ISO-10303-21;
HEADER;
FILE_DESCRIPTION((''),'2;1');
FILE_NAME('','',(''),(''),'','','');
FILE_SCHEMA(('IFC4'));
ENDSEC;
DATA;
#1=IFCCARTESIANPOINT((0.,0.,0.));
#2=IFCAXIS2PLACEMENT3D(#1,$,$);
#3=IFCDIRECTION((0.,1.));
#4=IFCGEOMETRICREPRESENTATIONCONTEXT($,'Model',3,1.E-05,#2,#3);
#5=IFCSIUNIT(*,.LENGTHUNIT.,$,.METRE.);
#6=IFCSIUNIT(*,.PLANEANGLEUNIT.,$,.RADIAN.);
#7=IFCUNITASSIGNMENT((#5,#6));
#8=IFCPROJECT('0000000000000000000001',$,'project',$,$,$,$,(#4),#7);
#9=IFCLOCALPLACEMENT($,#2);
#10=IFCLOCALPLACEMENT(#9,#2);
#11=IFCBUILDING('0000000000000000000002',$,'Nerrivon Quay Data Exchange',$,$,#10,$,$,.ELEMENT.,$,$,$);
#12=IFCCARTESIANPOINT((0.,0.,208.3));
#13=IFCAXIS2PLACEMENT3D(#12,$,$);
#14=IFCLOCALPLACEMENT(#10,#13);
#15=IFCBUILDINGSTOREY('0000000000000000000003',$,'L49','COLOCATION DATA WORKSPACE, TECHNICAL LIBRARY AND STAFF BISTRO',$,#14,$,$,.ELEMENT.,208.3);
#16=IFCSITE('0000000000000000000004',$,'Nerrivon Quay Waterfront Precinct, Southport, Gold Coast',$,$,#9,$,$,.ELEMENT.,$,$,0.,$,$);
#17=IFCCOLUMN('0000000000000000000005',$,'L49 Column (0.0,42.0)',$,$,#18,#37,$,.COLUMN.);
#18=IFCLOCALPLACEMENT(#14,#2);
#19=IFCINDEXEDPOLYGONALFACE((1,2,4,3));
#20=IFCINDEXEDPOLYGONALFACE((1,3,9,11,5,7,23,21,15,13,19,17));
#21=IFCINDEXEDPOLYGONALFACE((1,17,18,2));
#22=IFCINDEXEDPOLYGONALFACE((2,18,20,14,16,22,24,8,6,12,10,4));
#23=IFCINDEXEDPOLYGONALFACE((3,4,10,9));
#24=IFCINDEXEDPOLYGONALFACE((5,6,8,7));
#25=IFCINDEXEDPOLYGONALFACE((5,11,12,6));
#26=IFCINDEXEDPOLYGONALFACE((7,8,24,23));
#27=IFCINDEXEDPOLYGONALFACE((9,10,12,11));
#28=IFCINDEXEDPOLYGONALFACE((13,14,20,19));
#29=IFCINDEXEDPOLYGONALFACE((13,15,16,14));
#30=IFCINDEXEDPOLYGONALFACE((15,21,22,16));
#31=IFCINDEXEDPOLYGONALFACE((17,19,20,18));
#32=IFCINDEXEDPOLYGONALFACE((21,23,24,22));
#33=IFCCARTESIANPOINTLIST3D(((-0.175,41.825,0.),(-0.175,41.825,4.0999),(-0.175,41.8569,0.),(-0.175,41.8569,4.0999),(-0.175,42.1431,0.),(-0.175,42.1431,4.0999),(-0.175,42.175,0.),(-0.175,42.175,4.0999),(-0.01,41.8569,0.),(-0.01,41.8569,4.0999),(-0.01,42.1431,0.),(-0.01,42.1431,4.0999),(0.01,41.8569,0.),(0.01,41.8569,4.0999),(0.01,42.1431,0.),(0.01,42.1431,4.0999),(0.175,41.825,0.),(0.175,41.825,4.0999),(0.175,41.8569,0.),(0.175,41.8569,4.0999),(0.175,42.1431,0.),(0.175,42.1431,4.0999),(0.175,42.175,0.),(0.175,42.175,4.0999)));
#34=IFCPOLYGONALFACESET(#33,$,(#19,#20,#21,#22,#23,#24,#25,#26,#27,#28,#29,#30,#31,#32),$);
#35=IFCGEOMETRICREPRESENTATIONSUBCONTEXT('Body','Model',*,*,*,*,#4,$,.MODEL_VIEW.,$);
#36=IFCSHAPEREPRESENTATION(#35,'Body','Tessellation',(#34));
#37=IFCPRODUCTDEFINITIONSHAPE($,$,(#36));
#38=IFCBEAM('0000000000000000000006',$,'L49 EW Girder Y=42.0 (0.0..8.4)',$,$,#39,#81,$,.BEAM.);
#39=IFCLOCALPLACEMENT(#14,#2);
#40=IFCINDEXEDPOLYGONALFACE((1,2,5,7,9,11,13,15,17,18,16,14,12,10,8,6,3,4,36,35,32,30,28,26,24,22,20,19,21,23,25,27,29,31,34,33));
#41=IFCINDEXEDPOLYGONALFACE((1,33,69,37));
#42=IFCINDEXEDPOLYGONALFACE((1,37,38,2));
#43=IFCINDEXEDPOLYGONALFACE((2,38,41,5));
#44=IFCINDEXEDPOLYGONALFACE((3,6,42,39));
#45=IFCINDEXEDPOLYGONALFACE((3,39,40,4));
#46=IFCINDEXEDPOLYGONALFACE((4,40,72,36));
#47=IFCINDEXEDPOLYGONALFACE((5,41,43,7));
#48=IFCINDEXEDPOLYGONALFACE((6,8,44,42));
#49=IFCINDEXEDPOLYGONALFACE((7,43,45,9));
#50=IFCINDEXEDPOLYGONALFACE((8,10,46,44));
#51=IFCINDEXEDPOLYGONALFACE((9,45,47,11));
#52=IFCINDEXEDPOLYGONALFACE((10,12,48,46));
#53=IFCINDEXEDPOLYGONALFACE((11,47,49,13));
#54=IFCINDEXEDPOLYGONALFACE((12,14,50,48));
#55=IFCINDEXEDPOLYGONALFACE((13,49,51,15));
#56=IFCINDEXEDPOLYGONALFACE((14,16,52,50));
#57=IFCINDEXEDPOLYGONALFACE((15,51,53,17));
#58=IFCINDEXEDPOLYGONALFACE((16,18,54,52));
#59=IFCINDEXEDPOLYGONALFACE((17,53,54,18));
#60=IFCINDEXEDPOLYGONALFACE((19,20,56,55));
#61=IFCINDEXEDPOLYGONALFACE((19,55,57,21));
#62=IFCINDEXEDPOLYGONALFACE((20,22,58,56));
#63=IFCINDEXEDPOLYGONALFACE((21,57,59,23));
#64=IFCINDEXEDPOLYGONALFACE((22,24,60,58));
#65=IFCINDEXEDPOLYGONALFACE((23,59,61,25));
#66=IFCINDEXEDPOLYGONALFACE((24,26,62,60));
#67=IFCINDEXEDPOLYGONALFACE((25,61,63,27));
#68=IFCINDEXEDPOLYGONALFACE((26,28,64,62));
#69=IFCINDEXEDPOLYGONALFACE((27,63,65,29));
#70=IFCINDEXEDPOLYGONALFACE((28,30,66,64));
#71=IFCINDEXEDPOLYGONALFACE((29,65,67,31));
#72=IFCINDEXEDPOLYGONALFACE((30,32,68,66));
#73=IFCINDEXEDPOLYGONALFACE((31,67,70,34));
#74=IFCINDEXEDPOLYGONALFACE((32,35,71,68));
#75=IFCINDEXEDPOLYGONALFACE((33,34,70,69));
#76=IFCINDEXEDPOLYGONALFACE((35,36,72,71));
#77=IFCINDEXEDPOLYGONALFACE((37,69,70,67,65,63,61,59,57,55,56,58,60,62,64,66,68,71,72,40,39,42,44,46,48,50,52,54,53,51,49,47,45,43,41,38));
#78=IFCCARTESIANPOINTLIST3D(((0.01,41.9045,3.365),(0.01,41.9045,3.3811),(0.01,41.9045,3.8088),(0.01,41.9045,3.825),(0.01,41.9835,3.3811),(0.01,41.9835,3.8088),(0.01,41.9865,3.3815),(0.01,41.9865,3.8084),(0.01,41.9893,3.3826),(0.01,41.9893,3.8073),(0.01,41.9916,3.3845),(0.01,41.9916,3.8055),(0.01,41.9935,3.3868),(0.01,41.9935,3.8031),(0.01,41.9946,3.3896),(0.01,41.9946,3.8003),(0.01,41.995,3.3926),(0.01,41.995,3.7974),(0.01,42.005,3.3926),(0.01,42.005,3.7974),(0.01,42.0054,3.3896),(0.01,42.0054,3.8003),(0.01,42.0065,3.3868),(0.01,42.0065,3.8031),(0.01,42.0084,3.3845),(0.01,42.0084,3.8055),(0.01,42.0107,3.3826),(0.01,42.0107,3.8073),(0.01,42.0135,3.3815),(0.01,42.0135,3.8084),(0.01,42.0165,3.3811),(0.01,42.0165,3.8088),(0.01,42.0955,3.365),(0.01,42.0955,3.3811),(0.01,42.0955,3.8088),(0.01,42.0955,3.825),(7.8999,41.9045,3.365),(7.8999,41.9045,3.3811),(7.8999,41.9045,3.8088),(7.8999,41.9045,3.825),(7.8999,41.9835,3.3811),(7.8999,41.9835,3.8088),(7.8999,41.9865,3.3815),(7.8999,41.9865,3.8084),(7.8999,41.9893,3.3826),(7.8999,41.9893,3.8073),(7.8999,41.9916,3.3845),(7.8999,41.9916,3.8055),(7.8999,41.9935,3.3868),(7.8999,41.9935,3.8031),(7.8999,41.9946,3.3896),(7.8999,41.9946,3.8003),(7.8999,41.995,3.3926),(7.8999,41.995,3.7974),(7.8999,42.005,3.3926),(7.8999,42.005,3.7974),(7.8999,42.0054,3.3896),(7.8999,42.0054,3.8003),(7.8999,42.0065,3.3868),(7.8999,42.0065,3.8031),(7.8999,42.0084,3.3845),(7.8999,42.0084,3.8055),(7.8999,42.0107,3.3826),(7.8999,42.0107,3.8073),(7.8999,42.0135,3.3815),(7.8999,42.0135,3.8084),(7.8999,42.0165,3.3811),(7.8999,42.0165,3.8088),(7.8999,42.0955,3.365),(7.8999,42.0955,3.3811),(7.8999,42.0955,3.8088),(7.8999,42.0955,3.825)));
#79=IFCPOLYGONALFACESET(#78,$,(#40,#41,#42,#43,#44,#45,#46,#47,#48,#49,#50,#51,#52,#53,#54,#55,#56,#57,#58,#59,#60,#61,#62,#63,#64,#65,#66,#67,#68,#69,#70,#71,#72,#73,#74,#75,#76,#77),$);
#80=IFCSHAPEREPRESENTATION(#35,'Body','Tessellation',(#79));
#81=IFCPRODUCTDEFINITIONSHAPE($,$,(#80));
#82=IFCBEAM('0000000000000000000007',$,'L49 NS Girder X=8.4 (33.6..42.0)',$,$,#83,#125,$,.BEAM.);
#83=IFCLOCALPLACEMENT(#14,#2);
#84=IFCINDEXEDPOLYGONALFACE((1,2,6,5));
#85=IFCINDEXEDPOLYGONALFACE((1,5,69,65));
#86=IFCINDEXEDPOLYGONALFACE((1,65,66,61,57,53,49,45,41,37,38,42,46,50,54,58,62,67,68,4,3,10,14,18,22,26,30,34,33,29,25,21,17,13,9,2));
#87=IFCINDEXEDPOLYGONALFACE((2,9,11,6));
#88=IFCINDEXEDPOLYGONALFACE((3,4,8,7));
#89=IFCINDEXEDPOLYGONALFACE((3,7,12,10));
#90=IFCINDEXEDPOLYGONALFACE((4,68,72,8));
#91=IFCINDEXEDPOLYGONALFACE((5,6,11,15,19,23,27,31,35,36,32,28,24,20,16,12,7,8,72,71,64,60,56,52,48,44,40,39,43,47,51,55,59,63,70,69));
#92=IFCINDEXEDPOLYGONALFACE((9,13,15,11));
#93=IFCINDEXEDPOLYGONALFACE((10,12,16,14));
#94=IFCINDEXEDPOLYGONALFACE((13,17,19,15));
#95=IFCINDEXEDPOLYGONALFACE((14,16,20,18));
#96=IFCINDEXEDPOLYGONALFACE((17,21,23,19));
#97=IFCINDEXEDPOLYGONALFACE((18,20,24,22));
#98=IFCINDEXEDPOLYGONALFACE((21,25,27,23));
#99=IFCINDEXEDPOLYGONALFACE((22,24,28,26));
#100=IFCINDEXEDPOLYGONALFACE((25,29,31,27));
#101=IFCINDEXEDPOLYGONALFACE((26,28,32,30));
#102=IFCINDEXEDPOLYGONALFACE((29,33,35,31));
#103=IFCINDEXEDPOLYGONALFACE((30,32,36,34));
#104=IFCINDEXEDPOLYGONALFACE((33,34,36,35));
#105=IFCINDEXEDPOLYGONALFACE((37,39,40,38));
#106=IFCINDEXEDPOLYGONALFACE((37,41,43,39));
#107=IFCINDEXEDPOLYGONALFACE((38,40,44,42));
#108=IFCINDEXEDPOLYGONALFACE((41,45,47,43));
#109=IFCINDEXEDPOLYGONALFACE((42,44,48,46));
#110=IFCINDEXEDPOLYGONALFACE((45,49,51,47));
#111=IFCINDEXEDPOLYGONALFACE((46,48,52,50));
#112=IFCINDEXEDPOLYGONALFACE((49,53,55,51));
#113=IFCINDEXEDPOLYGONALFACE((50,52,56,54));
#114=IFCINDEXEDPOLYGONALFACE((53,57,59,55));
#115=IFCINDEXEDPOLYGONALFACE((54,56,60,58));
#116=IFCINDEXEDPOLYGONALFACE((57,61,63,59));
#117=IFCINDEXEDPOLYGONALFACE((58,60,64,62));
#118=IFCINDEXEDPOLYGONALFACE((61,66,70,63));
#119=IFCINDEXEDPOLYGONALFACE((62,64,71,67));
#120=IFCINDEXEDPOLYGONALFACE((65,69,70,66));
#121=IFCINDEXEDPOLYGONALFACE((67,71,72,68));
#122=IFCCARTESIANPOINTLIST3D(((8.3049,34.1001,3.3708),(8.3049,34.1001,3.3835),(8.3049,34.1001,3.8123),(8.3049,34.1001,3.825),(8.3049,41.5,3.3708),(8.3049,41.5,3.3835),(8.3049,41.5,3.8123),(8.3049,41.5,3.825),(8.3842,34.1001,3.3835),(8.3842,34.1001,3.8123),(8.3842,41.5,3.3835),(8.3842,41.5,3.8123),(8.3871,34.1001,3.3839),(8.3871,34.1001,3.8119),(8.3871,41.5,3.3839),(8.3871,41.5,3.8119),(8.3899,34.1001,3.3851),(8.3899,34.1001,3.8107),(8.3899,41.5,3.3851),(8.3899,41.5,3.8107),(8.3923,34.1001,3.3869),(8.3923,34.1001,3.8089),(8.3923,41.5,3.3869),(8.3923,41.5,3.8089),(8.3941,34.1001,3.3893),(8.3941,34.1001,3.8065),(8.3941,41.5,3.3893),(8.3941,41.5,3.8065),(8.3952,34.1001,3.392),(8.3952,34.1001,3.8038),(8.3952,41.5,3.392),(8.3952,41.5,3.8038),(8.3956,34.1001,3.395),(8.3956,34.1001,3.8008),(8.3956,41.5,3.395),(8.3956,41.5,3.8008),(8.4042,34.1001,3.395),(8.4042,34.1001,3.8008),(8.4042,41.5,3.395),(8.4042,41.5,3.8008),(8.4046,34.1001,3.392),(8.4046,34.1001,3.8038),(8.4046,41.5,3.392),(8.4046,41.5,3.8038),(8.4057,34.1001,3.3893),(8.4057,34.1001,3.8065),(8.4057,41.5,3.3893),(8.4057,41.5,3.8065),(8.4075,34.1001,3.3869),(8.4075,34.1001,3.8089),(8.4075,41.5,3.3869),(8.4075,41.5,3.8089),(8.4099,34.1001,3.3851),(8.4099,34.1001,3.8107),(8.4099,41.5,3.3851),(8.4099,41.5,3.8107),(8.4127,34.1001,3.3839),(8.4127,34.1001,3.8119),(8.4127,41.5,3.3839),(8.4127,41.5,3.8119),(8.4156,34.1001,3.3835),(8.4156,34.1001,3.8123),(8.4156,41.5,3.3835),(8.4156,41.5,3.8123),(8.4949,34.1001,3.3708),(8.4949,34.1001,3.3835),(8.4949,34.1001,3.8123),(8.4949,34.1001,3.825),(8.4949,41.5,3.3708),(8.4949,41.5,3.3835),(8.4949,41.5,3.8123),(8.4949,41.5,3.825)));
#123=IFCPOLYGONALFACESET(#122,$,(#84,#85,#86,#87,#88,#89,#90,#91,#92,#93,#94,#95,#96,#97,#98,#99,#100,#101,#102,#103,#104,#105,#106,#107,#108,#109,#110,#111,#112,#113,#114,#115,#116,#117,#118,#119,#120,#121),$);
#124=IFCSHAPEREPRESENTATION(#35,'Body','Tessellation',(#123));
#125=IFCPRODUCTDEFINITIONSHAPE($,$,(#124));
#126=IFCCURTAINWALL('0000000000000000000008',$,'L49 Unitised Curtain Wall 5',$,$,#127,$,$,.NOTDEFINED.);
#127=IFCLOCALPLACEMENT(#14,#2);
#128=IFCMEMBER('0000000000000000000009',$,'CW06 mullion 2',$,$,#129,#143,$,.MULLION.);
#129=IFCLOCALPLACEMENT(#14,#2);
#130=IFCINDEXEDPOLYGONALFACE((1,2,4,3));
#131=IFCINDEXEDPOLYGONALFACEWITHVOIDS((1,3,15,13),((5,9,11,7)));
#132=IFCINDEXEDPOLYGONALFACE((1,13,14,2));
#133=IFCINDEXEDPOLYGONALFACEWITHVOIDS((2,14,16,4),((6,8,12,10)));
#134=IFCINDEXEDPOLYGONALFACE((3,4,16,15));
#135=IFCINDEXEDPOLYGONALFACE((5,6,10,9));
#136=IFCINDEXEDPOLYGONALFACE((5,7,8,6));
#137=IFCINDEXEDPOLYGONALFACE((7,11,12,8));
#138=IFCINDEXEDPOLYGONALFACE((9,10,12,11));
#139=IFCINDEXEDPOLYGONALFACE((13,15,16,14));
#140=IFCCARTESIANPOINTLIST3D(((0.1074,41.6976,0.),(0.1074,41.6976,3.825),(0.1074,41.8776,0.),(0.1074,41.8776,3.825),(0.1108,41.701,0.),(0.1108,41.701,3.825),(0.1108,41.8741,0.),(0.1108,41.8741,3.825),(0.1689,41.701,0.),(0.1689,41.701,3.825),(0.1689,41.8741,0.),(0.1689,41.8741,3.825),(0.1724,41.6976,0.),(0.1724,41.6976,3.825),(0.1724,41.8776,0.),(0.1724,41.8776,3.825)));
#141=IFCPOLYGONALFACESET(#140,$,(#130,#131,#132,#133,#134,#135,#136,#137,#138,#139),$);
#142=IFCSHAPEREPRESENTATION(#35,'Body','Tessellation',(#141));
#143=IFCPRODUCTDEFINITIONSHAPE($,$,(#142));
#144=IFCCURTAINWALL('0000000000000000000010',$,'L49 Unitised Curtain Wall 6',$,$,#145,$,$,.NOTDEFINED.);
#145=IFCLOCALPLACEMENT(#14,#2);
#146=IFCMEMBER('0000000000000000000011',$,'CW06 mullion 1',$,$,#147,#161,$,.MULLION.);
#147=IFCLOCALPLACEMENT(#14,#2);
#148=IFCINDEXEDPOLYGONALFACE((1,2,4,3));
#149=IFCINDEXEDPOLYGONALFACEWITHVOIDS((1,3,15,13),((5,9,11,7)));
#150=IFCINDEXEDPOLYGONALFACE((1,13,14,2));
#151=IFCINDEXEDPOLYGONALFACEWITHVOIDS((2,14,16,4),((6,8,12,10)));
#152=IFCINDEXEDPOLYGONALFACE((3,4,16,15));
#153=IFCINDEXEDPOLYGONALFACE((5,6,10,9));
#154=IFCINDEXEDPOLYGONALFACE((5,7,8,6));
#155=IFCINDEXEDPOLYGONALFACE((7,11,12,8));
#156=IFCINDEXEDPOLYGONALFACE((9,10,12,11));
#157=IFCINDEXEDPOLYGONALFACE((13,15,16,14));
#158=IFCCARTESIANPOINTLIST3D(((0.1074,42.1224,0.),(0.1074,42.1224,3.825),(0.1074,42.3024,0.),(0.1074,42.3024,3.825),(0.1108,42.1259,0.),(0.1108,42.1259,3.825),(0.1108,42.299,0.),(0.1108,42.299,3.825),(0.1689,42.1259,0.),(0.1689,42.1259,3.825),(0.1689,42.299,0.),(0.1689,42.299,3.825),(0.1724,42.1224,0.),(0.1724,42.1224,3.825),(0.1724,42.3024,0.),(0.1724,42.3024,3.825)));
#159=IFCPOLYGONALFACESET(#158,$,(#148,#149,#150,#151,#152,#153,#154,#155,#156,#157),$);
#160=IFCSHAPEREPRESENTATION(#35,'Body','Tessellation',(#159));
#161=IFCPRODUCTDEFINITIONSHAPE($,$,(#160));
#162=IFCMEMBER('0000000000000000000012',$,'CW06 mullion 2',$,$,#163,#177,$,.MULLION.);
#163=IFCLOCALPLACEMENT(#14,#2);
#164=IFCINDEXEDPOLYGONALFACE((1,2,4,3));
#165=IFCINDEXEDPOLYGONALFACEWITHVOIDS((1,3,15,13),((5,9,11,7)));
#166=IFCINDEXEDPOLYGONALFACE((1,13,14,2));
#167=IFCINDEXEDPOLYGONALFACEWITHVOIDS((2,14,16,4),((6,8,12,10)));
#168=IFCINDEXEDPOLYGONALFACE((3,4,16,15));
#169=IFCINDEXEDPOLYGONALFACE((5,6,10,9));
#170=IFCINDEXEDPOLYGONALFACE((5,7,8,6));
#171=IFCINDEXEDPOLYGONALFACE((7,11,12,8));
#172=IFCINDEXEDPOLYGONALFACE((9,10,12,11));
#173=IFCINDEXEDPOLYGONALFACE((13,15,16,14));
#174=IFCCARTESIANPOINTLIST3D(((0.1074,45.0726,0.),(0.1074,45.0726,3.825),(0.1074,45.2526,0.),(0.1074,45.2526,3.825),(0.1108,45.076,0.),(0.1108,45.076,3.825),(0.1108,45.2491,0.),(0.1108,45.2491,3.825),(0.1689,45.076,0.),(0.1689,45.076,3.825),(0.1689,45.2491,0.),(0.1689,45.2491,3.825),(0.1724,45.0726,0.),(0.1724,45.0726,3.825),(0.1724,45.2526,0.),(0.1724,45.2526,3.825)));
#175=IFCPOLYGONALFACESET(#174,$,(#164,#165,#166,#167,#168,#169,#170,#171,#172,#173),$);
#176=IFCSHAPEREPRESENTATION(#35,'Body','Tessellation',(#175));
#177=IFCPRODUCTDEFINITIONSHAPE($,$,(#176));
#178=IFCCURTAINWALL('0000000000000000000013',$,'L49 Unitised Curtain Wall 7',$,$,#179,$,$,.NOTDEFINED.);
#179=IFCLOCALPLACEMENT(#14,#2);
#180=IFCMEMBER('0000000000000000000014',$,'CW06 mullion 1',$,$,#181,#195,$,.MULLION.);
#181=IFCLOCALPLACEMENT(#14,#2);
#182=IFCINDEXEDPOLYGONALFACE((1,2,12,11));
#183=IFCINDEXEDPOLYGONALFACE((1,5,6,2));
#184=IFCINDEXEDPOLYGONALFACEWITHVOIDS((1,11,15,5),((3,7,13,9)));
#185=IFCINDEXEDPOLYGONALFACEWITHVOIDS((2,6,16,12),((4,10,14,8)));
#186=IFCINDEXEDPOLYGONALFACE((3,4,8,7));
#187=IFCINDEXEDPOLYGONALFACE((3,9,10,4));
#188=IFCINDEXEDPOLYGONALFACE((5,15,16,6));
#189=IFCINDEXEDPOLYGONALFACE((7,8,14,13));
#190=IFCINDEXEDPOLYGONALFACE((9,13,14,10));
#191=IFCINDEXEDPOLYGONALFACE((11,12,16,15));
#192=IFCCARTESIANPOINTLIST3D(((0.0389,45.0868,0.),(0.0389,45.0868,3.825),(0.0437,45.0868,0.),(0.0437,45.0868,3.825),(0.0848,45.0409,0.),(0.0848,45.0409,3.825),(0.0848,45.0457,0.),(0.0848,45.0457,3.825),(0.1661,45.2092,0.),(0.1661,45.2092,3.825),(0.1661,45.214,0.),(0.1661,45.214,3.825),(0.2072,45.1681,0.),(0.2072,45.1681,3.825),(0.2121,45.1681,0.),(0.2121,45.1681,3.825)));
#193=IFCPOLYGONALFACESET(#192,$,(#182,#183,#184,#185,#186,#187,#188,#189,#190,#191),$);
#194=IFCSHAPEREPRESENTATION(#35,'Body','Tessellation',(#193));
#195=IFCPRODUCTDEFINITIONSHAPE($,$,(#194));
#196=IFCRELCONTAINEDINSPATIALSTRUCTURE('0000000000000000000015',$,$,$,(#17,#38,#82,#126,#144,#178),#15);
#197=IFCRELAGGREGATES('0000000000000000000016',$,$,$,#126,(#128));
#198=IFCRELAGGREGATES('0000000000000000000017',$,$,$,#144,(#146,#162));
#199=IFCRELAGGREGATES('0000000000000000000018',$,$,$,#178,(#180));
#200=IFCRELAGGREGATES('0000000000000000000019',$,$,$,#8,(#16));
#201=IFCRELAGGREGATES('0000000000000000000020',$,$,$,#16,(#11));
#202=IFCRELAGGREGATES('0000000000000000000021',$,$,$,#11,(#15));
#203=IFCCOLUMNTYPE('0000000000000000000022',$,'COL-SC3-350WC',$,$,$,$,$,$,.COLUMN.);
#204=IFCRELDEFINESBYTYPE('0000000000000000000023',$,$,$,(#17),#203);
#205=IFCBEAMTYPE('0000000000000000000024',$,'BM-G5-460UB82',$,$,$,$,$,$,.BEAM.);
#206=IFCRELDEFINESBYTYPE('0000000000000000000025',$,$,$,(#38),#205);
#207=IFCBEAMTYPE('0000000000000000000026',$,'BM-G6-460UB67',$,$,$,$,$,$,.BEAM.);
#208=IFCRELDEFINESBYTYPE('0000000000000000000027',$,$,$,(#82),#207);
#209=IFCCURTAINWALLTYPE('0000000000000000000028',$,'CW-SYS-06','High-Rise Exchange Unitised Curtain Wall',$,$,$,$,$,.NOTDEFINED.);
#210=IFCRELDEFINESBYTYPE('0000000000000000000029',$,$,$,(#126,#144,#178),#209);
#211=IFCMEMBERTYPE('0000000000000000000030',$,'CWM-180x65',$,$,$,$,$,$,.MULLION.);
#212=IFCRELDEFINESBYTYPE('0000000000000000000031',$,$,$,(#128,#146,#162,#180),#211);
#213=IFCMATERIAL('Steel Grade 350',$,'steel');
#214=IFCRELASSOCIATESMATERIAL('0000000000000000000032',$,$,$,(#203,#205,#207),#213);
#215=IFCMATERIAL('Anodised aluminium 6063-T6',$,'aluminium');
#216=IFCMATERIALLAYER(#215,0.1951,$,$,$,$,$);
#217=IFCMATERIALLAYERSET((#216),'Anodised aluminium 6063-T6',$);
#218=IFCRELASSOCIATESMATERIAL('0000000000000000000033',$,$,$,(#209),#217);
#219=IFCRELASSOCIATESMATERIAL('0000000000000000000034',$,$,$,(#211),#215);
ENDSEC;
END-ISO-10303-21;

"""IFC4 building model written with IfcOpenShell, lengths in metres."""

from ifc_helpers import new_model, si_unit, direction, frame, origin, origin_2d, place, context, subcontext, project, spatial, hollow_rectangle, i_section, extrude, material, layer, layer_set, material_profile, profile_set, type_object, element, aggregate, save


model = new_model("IFC4")

# Units and contexts
model_context = context("Model", 3, precision=1e-05, world=origin(), true_north=direction((0.0, 1.0)))
body_context = subcontext(model_context, "Body", "Model", "MODEL_VIEW")
ifc_project = project(units=[si_unit("LENGTHUNIT", "METRE"), si_unit("PLANEANGLEUNIT", "RADIAN")], contexts=[model_context])

# Site, building, storey
site_placement = place(None, origin())
site = spatial("IfcSite", under=ifc_project, at=site_placement, Name="Nerrivon Quay Waterfront Precinct, Southport, Gold Coast", CompositionType="ELEMENT", RefElevation=0.0)
building_placement = place(site_placement, origin())
building = spatial("IfcBuilding", under=site, at=building_placement, Name="Nerrivon Quay Data Exchange", CompositionType="ELEMENT")
storey_placement = place(building_placement, frame((0.0, 0.0, 208.3)))
storey = spatial("IfcBuildingStorey", under=building, at=storey_placement, Name="L49", Description="COLOCATION DATA WORKSPACE, TECHNICAL LIBRARY AND STAFF BISTRO", CompositionType="ELEMENT", Elevation=208.3)

# Column
ifc_material_1 = material(Name="Steel Grade 350", Category="steel")
ifc_material_profile_1 = material_profile(ifc_material_1, i_section(OverallWidth=0.3501, OverallDepth=0.3501, WebThickness=0.02, FlangeThickness=0.032, at=origin_2d()), Name="350WC230")
ifc_profile_set_1 = profile_set([ifc_material_profile_1], Name="Steel Grade 350")
column_type = type_object("IfcColumnType", Name="COL-SC3-350WC", PredefinedType="COLUMN", material=ifc_profile_set_1)
column_placement = place(storey_placement, frame((0.0, 42.0, 0.0), z_axis=(0.0, 0.0, 1.0), x_axis=(1.0, 0.0, 0.0)))
element("IfcColumn", 1, at=column_placement, inside=storey, type_object=column_type, Name="L49 Column (0.0,42.0)", PredefinedType="COLUMN", context=body_context, shape_type="SweptSolid", body=[
    extrude(i_section(OverallWidth=0.3501, OverallDepth=0.3501, WebThickness=0.02, FlangeThickness=0.032, at=origin_2d()), origin(), (0.0, 0.0, 1.0), 4.0999),
])

# Beams
ifc_material_profile_2 = material_profile(ifc_material_1, i_section(OverallWidth=0.1909, OverallDepth=0.46, WebThickness=0.01, FlangeThickness=0.0161, FilletRadius=0.0115, at=origin_2d()), Name="460UB82.1")
ifc_profile_set_2 = profile_set([ifc_material_profile_2], Name="Steel Grade 350")
beam_type_1 = type_object("IfcBeamType", Name="BM-G5-460UB82", PredefinedType="BEAM", material=ifc_profile_set_2)
beam_1_placement = place(storey_placement, frame((0.01, 42.0, 3.595), z_axis=(1.0, 0.0, 0.0), x_axis=(0.0, 1.0, 0.0)))
element("IfcBeam", 2, at=beam_1_placement, inside=storey, type_object=beam_type_1, Name="L49 EW Girder Y=42.0 (0.0..8.4)", PredefinedType="BEAM", context=body_context, shape_type="SweptSolid", body=[
    extrude(i_section(OverallWidth=0.1909, OverallDepth=0.46, WebThickness=0.01, FlangeThickness=0.0161, FilletRadius=0.0115, at=origin_2d()), origin(), (0.0, 0.0, 1.0), 7.8899),
])
ifc_material_profile_3 = material_profile(ifc_material_1, i_section(OverallWidth=0.1899, OverallDepth=0.4541, WebThickness=0.0085, FlangeThickness=0.0127, FilletRadius=0.0115, at=origin_2d()), Name="460UB67.1")
ifc_profile_set_3 = profile_set([ifc_material_profile_3], Name="Steel Grade 350")
beam_type_2 = type_object("IfcBeamType", Name="BM-G6-460UB67", PredefinedType="BEAM", material=ifc_profile_set_3)
beam_2_placement = place(storey_placement, frame((8.3999, 34.1001, 3.5979), z_axis=(0.0, 1.0, 0.0), x_axis=(-1.0, 0.0, 0.0)))
element("IfcBeam", 3, at=beam_2_placement, inside=storey, type_object=beam_type_2, Name="L49 NS Girder X=8.4 (33.6..42.0)", PredefinedType="BEAM", context=body_context, shape_type="SweptSolid", body=[
    extrude(i_section(OverallWidth=0.1899, OverallDepth=0.4541, WebThickness=0.0085, FlangeThickness=0.0127, FilletRadius=0.0115, at=origin_2d()), origin(), (0.0, 0.0, 1.0), 7.3999),
])

# Curtain wall, member
ifc_material_2 = material(Name="Anodised aluminium 6063-T6", Category="aluminium")
ifc_layer_1 = layer(ifc_material_2, 0.1951)
ifc_layer_set_1 = layer_set([ifc_layer_1], Name="Anodised aluminium 6063-T6")
curtain_wall_type = type_object("IfcCurtainWallType", Name="CW-SYS-06", Description="High-Rise Exchange Unitised Curtain Wall", PredefinedType="NOTDEFINED", material=ifc_layer_set_1)
curtain_wall_1_placement = place(storey_placement, origin())
curtain_wall_1 = element("IfcCurtainWall", 4, at=curtain_wall_1_placement, inside=storey, type_object=curtain_wall_type, Name="L49 Unitised Curtain Wall 5", PredefinedType="NOTDEFINED")
ifc_material_profile_4 = material_profile(ifc_material_2, hollow_rectangle(XDim=0.0649, YDim=0.1799, WallThickness=0.0034, at=origin_2d()), Name="ALU-MULL-180x65")
ifc_profile_set_4 = profile_set([ifc_material_profile_4], Name="Anodised aluminium 6063-T6")
member_type_1 = type_object("IfcMemberType", Name="CWM-180x65", PredefinedType="MULLION", material=ifc_profile_set_4)
member_1_placement = place(storey_placement, frame((0.1399, 41.7876, 0.0), z_axis=(0.0, 0.0, 1.0), x_axis=(-1.0, 0.0, 0.0)))
member_1 = element("IfcMember", 5, at=member_1_placement, type_object=member_type_1, Name="CW06 mullion 2", PredefinedType="MULLION", context=body_context, shape_type="SweptSolid", body=[
    extrude(hollow_rectangle(XDim=0.0649, YDim=0.1799, WallThickness=0.0034, at=origin_2d()), origin(), (0.0, 0.0, 1.0), 3.825),
])

# Curtain walls, members
curtain_wall_2_placement = place(storey_placement, origin())
curtain_wall_2 = element("IfcCurtainWall", 6, at=curtain_wall_2_placement, inside=storey, type_object=curtain_wall_type, Name="L49 Unitised Curtain Wall 6", PredefinedType="NOTDEFINED")
member_2_placement = place(storey_placement, frame((0.1399, 42.2124, 0.0), z_axis=(0.0, 0.0, 1.0), x_axis=(-1.0, 0.0, 0.0)))
member_2 = element("IfcMember", 7, at=member_2_placement, type_object=member_type_1, Name="CW06 mullion 1", PredefinedType="MULLION", context=body_context, shape_type="SweptSolid", body=[
    extrude(hollow_rectangle(XDim=0.0649, YDim=0.1799, WallThickness=0.0034, at=origin_2d()), origin(), (0.0, 0.0, 1.0), 3.825),
])
member_3_placement = place(storey_placement, frame((0.1399, 45.1626, 0.0), z_axis=(0.0, 0.0, 1.0), x_axis=(-1.0, 0.0, 0.0)))
member_3 = element("IfcMember", 8, at=member_3_placement, type_object=member_type_1, Name="CW06 mullion 2", PredefinedType="MULLION", context=body_context, shape_type="SweptSolid", body=[
    extrude(hollow_rectangle(XDim=0.0649, YDim=0.1799, WallThickness=0.0034, at=origin_2d()), origin(), (0.0, 0.0, 1.0), 3.825),
])
curtain_wall_3_placement = place(storey_placement, origin())
curtain_wall_3 = element("IfcCurtainWall", 9, at=curtain_wall_3_placement, inside=storey, type_object=curtain_wall_type, Name="L49 Unitised Curtain Wall 7", PredefinedType="NOTDEFINED")
member_4_placement = place(storey_placement, frame((0.1255, 45.1274, 0.0), z_axis=(0.0, 0.0, 1.0), x_axis=(-0.707107, 0.707107, 0.0)))
member_4 = element("IfcMember", 10, at=member_4_placement, type_object=member_type_1, Name="CW06 mullion 1", PredefinedType="MULLION", context=body_context, shape_type="SweptSolid", body=[
    extrude(hollow_rectangle(XDim=0.0649, YDim=0.1799, WallThickness=0.0034, at=origin_2d()), origin(), (0.0, 0.0, 1.0), 3.825),
])

aggregate(curtain_wall_1, [member_1])
aggregate(curtain_wall_2, [member_2, member_3])
aggregate(curtain_wall_3, [member_4])

save(model, "model.ifc")
